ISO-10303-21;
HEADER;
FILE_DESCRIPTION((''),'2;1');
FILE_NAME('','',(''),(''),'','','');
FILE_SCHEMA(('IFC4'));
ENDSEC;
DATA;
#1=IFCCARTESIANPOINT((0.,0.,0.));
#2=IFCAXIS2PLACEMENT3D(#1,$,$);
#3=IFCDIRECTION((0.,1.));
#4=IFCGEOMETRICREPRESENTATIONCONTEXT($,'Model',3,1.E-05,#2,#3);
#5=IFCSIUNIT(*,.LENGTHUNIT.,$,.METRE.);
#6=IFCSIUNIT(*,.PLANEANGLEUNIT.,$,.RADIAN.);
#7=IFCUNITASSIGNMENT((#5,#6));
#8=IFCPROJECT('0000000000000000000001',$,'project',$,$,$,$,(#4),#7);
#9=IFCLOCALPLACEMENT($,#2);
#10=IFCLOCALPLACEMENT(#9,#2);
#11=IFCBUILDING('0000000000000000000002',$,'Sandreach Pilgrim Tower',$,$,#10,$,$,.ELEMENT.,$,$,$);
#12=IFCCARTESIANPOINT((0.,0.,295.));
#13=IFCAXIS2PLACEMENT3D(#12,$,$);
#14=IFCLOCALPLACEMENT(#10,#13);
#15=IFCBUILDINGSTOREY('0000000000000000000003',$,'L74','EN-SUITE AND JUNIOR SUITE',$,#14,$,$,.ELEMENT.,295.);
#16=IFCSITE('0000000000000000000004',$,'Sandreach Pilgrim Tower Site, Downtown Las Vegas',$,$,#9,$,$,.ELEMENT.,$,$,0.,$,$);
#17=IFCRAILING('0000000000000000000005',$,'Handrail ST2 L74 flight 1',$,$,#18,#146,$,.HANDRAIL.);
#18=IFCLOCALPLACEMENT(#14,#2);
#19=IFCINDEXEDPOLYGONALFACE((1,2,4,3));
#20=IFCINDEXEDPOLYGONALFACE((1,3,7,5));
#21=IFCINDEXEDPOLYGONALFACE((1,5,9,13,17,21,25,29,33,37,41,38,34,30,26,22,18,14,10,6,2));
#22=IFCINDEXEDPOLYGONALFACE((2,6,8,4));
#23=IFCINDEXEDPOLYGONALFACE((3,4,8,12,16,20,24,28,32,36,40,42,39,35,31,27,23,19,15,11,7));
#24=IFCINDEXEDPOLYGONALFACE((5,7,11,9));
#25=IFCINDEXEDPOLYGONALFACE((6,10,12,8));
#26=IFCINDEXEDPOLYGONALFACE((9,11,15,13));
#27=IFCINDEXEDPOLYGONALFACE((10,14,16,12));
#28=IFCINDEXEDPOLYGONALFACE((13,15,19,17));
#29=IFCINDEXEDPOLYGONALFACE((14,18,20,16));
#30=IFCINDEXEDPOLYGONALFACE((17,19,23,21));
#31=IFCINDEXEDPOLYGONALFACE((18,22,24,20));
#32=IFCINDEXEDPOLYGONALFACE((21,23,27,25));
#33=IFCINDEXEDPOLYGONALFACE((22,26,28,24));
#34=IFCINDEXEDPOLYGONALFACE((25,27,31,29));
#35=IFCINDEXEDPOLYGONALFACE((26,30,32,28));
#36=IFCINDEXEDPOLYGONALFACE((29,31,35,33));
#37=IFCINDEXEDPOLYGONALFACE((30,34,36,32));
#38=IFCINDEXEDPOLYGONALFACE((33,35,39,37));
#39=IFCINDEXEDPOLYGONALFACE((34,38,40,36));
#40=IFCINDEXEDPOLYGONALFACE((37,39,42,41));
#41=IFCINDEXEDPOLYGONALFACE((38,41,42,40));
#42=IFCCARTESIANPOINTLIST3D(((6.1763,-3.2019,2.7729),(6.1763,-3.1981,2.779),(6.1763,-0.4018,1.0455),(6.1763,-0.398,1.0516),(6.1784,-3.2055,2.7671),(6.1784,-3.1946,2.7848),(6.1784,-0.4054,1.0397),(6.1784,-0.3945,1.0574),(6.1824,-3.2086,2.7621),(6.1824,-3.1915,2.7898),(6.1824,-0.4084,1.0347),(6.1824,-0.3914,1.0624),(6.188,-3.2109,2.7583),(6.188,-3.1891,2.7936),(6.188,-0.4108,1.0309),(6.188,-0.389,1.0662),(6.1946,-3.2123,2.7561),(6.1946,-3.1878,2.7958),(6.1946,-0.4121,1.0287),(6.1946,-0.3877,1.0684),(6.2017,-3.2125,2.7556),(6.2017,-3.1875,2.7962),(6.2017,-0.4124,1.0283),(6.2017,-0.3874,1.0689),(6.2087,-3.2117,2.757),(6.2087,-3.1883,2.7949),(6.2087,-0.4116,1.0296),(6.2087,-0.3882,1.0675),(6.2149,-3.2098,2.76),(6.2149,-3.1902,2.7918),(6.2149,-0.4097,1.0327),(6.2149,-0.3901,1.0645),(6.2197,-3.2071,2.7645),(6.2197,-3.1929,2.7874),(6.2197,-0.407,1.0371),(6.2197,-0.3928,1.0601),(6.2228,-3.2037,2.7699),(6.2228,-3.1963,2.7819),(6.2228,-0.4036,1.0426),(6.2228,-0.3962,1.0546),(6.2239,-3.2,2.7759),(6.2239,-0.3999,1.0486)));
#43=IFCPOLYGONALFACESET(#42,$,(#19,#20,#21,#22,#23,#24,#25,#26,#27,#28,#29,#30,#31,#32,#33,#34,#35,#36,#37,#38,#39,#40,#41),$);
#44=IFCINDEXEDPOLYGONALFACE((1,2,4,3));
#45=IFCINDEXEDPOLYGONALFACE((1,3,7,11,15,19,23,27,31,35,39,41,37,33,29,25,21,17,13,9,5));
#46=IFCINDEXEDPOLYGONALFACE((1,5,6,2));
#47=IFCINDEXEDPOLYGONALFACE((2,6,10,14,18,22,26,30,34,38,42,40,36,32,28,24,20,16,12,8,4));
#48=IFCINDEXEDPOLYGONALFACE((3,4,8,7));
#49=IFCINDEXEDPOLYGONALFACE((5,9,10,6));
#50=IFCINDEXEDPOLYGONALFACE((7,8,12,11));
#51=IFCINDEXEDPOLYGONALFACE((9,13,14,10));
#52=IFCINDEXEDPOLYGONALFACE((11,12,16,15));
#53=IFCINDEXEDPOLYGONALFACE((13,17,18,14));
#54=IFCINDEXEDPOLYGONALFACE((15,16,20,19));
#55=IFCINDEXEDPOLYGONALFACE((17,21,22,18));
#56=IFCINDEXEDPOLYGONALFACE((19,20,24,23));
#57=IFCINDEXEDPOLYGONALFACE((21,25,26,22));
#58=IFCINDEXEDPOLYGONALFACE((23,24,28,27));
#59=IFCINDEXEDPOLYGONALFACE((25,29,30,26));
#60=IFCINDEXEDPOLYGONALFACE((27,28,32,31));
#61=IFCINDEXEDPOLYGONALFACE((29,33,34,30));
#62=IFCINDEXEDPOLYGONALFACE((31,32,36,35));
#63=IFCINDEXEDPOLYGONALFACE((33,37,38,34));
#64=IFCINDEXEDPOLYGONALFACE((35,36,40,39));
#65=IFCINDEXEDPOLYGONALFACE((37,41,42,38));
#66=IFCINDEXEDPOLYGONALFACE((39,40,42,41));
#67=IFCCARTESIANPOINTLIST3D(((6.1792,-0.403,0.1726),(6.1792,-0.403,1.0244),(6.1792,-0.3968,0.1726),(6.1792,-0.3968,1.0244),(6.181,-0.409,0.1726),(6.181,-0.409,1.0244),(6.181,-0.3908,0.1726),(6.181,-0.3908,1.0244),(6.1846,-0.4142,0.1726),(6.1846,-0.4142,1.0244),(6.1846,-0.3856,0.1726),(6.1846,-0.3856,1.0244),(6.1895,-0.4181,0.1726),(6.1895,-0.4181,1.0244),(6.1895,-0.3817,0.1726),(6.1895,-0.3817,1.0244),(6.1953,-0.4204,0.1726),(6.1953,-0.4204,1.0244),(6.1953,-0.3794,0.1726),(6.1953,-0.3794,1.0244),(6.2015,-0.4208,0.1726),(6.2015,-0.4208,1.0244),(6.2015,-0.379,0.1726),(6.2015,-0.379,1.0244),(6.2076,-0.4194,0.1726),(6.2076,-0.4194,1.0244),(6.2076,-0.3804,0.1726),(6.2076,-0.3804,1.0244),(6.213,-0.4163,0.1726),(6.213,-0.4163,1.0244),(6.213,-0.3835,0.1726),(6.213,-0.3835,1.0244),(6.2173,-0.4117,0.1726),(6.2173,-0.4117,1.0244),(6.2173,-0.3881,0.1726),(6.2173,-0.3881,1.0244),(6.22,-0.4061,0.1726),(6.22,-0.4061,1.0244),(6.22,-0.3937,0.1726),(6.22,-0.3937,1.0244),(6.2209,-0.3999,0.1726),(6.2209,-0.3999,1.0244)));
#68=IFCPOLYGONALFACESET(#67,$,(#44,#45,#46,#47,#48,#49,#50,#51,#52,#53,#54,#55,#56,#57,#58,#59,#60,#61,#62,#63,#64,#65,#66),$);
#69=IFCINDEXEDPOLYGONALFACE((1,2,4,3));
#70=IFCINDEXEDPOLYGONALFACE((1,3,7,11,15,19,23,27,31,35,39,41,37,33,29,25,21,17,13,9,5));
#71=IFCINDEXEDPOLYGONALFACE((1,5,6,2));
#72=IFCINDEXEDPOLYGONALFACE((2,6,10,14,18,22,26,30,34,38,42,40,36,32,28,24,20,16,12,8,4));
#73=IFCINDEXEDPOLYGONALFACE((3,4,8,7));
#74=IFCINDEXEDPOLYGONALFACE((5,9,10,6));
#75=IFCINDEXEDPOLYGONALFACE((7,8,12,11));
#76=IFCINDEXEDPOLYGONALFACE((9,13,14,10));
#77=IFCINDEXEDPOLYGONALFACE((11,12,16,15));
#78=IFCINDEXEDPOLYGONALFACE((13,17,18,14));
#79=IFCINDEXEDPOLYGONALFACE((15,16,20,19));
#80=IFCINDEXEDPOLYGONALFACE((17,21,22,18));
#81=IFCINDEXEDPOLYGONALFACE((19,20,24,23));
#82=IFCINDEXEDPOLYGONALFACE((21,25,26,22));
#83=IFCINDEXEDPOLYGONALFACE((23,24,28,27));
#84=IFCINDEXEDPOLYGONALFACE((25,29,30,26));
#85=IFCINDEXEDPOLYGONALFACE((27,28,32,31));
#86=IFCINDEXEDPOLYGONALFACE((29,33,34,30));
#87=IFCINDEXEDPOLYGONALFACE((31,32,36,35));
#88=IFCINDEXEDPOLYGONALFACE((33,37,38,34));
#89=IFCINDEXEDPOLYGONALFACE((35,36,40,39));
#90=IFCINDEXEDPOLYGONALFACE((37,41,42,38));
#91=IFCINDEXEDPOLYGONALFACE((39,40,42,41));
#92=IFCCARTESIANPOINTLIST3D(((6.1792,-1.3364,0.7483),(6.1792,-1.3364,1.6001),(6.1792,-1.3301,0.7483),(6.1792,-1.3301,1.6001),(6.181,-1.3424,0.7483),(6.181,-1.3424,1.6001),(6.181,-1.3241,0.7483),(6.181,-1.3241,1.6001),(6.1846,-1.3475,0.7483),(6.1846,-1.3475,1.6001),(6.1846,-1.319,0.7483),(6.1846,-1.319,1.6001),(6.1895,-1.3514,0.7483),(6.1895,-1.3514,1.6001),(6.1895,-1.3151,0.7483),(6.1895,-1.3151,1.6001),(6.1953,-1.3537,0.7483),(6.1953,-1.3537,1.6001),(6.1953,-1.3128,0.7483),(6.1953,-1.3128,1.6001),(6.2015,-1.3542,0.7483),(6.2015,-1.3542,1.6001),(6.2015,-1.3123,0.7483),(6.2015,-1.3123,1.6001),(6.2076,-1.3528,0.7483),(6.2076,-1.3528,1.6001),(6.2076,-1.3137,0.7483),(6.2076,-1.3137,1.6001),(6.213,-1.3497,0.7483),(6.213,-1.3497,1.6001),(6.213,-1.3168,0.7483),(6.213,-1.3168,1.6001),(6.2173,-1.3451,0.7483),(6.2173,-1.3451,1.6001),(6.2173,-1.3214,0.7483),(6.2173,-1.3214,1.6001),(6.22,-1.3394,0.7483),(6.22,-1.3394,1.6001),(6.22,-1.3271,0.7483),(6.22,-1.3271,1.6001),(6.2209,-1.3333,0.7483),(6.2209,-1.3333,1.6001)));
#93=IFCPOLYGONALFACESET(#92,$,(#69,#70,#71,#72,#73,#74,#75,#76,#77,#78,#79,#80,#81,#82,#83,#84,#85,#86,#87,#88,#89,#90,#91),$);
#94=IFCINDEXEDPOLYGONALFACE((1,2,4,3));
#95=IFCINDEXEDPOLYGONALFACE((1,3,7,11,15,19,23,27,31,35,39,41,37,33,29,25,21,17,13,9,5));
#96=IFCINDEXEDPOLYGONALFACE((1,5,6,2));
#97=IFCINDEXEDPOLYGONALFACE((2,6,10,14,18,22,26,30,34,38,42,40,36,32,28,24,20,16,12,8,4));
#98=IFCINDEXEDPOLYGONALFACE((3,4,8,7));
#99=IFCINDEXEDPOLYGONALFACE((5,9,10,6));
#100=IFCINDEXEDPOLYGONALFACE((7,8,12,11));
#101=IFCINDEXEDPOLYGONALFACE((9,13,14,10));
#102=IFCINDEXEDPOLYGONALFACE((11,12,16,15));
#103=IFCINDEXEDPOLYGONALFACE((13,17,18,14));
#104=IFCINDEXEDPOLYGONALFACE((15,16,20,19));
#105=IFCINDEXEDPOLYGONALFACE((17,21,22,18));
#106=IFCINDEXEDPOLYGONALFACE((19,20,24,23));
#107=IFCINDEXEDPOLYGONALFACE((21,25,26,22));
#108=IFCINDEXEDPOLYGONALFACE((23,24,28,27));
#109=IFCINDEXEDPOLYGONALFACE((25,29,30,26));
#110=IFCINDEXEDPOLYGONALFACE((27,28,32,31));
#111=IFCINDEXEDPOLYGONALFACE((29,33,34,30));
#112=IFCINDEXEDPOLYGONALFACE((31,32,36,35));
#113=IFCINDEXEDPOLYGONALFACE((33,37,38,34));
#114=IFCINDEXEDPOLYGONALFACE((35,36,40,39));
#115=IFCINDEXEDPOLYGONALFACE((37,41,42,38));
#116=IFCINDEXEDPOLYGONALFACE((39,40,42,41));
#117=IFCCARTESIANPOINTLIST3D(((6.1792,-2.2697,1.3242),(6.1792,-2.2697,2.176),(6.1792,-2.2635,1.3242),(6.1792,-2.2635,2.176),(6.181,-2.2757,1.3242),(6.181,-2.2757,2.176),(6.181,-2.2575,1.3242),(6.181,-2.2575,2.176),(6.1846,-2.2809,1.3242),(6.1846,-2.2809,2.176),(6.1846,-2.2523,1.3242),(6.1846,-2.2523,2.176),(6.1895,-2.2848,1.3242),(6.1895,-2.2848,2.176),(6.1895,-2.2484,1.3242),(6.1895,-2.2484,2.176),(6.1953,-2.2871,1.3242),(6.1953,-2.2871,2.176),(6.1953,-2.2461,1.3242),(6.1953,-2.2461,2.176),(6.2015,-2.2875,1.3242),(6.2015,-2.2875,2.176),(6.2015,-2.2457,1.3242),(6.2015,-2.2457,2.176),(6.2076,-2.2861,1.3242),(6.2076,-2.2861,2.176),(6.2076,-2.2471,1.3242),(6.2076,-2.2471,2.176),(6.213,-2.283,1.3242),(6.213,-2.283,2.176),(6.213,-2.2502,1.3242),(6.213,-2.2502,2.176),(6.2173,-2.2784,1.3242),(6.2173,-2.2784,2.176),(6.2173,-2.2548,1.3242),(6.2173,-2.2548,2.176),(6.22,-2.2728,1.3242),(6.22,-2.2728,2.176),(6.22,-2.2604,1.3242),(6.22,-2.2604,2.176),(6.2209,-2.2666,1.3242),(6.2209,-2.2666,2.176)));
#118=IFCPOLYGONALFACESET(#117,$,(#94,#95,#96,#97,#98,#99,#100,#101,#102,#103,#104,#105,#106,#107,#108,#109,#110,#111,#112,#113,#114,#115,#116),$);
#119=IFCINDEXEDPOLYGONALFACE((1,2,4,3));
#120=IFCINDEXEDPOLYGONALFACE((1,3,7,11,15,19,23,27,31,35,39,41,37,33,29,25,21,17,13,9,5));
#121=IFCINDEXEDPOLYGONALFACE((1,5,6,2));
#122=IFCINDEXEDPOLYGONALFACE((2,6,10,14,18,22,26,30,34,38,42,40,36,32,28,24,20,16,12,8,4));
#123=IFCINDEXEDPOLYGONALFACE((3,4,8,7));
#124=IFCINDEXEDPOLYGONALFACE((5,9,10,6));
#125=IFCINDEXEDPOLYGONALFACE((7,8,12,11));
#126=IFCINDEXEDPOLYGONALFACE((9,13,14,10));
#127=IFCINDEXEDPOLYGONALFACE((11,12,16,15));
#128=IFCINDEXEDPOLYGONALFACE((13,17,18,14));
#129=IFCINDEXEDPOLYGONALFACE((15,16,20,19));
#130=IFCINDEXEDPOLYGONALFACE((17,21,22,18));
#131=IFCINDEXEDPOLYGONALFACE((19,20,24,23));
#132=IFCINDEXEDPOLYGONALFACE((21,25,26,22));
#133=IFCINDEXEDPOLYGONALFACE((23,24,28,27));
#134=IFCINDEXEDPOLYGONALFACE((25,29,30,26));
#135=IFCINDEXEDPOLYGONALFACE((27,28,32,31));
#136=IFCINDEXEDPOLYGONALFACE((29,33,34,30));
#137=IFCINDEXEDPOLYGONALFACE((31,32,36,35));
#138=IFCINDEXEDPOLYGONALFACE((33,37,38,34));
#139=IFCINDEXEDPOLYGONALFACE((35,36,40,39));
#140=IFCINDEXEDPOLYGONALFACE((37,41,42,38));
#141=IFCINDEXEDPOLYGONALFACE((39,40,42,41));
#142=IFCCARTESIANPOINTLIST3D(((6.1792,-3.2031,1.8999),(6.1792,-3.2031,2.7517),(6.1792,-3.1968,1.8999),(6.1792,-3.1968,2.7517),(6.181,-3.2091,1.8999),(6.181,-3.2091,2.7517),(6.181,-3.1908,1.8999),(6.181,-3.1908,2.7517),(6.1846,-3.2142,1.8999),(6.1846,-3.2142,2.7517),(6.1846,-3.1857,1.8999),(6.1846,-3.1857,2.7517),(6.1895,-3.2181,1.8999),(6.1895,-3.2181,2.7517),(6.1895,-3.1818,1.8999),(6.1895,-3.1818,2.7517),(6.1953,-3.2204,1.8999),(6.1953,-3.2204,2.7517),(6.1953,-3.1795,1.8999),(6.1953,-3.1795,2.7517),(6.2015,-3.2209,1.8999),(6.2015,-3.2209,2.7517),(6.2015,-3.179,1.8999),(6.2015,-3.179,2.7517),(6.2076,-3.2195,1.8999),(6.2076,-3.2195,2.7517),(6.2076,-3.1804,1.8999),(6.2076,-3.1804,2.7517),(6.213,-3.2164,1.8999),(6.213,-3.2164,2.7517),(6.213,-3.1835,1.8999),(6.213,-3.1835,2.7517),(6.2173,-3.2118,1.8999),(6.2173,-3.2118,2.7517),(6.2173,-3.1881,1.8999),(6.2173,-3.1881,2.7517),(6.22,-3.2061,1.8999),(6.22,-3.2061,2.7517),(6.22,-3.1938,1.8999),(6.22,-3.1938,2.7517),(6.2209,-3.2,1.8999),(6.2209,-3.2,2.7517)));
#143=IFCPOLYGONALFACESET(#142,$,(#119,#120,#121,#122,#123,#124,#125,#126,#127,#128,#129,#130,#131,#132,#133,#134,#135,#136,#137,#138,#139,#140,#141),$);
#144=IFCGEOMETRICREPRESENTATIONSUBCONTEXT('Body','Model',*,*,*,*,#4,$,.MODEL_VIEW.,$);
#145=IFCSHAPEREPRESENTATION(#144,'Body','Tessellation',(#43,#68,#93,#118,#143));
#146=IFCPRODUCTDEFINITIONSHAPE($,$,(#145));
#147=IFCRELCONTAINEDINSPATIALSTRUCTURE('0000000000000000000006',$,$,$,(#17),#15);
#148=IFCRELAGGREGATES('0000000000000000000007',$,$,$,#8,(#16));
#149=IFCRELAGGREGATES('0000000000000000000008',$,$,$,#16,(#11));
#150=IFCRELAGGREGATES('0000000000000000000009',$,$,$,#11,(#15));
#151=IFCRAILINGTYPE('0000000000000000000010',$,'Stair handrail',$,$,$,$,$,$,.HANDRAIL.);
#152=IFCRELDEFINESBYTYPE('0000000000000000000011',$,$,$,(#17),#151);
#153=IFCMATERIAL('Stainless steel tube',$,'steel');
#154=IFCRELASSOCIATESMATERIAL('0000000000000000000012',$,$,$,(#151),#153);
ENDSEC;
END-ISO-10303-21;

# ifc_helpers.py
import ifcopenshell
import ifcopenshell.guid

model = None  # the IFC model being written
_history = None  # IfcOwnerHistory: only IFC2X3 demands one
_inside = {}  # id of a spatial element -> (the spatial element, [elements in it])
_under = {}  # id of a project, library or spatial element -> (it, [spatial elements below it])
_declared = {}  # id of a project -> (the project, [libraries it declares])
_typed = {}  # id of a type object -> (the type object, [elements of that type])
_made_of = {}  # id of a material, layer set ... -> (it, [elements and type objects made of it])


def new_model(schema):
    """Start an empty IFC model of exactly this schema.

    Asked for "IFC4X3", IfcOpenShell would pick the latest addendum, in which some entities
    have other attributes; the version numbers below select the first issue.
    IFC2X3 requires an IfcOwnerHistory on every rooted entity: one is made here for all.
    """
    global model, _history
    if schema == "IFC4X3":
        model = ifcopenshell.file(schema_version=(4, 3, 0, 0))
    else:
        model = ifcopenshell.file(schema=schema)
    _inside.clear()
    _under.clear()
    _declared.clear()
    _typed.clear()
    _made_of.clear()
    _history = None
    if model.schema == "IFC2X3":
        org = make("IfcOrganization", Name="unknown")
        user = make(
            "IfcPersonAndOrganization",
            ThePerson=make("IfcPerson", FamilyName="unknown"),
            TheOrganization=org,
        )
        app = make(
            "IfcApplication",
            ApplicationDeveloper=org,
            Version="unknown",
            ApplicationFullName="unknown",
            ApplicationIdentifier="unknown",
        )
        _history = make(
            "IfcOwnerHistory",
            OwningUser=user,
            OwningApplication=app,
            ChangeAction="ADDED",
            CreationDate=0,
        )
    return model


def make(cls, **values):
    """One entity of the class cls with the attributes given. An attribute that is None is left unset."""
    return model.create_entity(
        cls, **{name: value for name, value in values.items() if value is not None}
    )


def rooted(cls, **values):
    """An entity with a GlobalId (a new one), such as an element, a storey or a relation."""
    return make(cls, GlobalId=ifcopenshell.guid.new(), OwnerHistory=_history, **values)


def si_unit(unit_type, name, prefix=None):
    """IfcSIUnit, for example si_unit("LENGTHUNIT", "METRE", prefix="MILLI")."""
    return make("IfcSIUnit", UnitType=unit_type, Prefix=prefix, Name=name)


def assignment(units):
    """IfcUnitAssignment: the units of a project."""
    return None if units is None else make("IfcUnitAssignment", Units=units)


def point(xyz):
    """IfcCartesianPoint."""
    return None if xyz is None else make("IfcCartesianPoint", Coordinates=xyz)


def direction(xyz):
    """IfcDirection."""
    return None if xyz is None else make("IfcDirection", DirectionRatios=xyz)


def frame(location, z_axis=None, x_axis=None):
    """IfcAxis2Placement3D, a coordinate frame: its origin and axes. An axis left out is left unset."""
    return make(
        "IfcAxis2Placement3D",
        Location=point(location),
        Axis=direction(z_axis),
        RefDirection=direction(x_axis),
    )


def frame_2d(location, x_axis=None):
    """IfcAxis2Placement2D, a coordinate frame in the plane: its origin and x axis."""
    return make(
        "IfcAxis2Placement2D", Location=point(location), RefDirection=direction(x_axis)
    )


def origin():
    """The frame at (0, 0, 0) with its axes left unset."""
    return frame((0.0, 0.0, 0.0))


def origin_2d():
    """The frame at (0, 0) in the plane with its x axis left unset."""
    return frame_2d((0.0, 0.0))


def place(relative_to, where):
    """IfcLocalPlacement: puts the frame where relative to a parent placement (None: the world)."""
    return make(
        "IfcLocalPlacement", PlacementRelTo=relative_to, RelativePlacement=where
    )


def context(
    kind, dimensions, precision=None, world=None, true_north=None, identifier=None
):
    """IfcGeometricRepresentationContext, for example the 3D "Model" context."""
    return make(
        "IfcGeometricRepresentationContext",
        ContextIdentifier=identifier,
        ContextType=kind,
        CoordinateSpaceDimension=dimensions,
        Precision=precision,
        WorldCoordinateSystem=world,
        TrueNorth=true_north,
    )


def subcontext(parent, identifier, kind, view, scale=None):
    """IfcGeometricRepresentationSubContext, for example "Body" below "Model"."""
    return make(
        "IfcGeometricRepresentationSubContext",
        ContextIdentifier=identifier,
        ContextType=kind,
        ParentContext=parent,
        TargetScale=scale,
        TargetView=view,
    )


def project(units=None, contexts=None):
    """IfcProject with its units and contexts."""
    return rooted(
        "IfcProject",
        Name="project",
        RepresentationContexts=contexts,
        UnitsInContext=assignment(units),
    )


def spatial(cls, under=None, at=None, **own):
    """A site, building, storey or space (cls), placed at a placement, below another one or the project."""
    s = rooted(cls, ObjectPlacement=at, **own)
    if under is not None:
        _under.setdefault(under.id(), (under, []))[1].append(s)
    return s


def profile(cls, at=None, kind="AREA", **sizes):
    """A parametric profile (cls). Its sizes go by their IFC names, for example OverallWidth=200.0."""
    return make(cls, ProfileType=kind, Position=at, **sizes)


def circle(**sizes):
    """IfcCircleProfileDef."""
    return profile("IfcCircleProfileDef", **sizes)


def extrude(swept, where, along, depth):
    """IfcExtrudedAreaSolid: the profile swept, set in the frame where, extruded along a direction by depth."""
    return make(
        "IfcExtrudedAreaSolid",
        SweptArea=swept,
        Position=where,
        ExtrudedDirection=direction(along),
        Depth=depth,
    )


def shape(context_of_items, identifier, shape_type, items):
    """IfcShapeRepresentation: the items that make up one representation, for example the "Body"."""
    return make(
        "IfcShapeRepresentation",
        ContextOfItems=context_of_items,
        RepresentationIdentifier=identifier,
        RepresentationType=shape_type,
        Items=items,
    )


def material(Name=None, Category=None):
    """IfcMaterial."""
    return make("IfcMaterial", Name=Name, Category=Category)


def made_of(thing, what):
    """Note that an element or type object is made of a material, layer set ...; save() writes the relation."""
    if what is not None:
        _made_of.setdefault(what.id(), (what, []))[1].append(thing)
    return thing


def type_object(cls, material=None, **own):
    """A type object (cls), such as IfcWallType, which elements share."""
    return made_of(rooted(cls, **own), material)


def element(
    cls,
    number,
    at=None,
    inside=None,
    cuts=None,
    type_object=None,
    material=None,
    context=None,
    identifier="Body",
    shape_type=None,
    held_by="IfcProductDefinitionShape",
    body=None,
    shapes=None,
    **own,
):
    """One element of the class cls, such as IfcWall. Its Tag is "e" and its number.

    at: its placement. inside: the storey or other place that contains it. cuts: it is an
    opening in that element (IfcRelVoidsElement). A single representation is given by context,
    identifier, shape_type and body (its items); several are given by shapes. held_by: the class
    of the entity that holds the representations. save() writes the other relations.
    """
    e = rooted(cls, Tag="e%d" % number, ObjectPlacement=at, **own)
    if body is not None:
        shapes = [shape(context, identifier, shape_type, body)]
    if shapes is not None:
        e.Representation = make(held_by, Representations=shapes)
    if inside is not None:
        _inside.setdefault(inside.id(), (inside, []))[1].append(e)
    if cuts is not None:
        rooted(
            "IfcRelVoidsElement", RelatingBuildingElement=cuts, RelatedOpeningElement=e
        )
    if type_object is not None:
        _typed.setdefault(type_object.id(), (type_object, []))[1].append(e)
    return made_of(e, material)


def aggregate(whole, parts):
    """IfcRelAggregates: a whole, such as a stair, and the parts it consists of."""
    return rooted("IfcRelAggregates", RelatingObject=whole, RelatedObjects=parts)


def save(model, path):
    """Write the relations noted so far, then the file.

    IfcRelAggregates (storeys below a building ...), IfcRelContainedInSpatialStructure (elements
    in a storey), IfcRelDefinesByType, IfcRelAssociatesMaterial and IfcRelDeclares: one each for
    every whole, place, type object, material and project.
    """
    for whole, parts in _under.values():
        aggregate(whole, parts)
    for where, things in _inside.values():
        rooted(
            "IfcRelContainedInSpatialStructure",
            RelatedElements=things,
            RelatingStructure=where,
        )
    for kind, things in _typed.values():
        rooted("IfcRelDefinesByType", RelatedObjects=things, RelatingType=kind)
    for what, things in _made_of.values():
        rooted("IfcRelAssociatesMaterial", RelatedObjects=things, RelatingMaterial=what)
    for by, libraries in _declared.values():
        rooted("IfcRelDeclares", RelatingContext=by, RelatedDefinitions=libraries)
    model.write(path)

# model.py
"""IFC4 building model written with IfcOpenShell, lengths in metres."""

from ifc_helpers import new_model, si_unit, direction, frame, origin, origin_2d, place, context, subcontext, project, spatial, circle, extrude, material, type_object, element, save


model = new_model("IFC4")

# Units and contexts
model_context = context("Model", 3, precision=1e-05, world=origin(), true_north=direction((0.0, 1.0)))
body_context = subcontext(model_context, "Body", "Model", "MODEL_VIEW")
ifc_project = project(units=[si_unit("LENGTHUNIT", "METRE"), si_unit("PLANEANGLEUNIT", "RADIAN")], contexts=[model_context])

# Site, building, storey
site_placement = place(None, origin())
site = spatial("IfcSite", under=ifc_project, at=site_placement, Name="Sandreach Pilgrim Tower Site, Downtown Las Vegas", CompositionType="ELEMENT", RefElevation=0.0)
building_placement = place(site_placement, origin())
building = spatial("IfcBuilding", under=site, at=building_placement, Name="Sandreach Pilgrim Tower", CompositionType="ELEMENT")
storey_placement = place(building_placement, frame((0.0, 0.0, 295.0)))
storey = spatial("IfcBuildingStorey", under=building, at=storey_placement, Name="L74", Description="EN-SUITE AND JUNIOR SUITE", CompositionType="ELEMENT", Elevation=295.0)

# Railing
ifc_material_1 = material(Name="Stainless steel tube", Category="steel")
railing_type = type_object("IfcRailingType", Name="Stair handrail", PredefinedType="HANDRAIL", material=ifc_material_1)
for number, where, name in (
    (1, (6.2, -0.3999, 0.1726), "Handrail ST2 L74 flight 1"),
):
    element("IfcRailing", number, at=place(storey_placement, frame(where)), inside=storey, type_object=railing_type, Name=name, PredefinedType="HANDRAIL", context=body_context, shape_type="SweptSolid", body=[
        extrude(circle(Radius=0.0239, at=origin_2d()), frame((0.0, 0.0, 0.876), z_axis=(0.0, -0.85109, 0.52502), x_axis=(1.0, 0.0, 0.0)), (0.0, 0.0, 1.0), 3.29),
        extrude(circle(Radius=0.021, at=origin_2d()), origin(), (0.0, 0.0, 1.0), 0.8518),
        extrude(circle(Radius=0.021, at=origin_2d()), frame((0.0, -0.9333, 0.5757)), (0.0, 0.0, 1.0), 0.8518),
        extrude(circle(Radius=0.021, at=origin_2d()), frame((0.0, -1.8667, 1.1516)), (0.0, 0.0, 1.0), 0.8518),
        extrude(circle(Radius=0.021, at=origin_2d()), frame((0.0, -2.8, 1.7273)), (0.0, 0.0, 1.0), 0.8518),
    ])

save(model, "model.ifc")
